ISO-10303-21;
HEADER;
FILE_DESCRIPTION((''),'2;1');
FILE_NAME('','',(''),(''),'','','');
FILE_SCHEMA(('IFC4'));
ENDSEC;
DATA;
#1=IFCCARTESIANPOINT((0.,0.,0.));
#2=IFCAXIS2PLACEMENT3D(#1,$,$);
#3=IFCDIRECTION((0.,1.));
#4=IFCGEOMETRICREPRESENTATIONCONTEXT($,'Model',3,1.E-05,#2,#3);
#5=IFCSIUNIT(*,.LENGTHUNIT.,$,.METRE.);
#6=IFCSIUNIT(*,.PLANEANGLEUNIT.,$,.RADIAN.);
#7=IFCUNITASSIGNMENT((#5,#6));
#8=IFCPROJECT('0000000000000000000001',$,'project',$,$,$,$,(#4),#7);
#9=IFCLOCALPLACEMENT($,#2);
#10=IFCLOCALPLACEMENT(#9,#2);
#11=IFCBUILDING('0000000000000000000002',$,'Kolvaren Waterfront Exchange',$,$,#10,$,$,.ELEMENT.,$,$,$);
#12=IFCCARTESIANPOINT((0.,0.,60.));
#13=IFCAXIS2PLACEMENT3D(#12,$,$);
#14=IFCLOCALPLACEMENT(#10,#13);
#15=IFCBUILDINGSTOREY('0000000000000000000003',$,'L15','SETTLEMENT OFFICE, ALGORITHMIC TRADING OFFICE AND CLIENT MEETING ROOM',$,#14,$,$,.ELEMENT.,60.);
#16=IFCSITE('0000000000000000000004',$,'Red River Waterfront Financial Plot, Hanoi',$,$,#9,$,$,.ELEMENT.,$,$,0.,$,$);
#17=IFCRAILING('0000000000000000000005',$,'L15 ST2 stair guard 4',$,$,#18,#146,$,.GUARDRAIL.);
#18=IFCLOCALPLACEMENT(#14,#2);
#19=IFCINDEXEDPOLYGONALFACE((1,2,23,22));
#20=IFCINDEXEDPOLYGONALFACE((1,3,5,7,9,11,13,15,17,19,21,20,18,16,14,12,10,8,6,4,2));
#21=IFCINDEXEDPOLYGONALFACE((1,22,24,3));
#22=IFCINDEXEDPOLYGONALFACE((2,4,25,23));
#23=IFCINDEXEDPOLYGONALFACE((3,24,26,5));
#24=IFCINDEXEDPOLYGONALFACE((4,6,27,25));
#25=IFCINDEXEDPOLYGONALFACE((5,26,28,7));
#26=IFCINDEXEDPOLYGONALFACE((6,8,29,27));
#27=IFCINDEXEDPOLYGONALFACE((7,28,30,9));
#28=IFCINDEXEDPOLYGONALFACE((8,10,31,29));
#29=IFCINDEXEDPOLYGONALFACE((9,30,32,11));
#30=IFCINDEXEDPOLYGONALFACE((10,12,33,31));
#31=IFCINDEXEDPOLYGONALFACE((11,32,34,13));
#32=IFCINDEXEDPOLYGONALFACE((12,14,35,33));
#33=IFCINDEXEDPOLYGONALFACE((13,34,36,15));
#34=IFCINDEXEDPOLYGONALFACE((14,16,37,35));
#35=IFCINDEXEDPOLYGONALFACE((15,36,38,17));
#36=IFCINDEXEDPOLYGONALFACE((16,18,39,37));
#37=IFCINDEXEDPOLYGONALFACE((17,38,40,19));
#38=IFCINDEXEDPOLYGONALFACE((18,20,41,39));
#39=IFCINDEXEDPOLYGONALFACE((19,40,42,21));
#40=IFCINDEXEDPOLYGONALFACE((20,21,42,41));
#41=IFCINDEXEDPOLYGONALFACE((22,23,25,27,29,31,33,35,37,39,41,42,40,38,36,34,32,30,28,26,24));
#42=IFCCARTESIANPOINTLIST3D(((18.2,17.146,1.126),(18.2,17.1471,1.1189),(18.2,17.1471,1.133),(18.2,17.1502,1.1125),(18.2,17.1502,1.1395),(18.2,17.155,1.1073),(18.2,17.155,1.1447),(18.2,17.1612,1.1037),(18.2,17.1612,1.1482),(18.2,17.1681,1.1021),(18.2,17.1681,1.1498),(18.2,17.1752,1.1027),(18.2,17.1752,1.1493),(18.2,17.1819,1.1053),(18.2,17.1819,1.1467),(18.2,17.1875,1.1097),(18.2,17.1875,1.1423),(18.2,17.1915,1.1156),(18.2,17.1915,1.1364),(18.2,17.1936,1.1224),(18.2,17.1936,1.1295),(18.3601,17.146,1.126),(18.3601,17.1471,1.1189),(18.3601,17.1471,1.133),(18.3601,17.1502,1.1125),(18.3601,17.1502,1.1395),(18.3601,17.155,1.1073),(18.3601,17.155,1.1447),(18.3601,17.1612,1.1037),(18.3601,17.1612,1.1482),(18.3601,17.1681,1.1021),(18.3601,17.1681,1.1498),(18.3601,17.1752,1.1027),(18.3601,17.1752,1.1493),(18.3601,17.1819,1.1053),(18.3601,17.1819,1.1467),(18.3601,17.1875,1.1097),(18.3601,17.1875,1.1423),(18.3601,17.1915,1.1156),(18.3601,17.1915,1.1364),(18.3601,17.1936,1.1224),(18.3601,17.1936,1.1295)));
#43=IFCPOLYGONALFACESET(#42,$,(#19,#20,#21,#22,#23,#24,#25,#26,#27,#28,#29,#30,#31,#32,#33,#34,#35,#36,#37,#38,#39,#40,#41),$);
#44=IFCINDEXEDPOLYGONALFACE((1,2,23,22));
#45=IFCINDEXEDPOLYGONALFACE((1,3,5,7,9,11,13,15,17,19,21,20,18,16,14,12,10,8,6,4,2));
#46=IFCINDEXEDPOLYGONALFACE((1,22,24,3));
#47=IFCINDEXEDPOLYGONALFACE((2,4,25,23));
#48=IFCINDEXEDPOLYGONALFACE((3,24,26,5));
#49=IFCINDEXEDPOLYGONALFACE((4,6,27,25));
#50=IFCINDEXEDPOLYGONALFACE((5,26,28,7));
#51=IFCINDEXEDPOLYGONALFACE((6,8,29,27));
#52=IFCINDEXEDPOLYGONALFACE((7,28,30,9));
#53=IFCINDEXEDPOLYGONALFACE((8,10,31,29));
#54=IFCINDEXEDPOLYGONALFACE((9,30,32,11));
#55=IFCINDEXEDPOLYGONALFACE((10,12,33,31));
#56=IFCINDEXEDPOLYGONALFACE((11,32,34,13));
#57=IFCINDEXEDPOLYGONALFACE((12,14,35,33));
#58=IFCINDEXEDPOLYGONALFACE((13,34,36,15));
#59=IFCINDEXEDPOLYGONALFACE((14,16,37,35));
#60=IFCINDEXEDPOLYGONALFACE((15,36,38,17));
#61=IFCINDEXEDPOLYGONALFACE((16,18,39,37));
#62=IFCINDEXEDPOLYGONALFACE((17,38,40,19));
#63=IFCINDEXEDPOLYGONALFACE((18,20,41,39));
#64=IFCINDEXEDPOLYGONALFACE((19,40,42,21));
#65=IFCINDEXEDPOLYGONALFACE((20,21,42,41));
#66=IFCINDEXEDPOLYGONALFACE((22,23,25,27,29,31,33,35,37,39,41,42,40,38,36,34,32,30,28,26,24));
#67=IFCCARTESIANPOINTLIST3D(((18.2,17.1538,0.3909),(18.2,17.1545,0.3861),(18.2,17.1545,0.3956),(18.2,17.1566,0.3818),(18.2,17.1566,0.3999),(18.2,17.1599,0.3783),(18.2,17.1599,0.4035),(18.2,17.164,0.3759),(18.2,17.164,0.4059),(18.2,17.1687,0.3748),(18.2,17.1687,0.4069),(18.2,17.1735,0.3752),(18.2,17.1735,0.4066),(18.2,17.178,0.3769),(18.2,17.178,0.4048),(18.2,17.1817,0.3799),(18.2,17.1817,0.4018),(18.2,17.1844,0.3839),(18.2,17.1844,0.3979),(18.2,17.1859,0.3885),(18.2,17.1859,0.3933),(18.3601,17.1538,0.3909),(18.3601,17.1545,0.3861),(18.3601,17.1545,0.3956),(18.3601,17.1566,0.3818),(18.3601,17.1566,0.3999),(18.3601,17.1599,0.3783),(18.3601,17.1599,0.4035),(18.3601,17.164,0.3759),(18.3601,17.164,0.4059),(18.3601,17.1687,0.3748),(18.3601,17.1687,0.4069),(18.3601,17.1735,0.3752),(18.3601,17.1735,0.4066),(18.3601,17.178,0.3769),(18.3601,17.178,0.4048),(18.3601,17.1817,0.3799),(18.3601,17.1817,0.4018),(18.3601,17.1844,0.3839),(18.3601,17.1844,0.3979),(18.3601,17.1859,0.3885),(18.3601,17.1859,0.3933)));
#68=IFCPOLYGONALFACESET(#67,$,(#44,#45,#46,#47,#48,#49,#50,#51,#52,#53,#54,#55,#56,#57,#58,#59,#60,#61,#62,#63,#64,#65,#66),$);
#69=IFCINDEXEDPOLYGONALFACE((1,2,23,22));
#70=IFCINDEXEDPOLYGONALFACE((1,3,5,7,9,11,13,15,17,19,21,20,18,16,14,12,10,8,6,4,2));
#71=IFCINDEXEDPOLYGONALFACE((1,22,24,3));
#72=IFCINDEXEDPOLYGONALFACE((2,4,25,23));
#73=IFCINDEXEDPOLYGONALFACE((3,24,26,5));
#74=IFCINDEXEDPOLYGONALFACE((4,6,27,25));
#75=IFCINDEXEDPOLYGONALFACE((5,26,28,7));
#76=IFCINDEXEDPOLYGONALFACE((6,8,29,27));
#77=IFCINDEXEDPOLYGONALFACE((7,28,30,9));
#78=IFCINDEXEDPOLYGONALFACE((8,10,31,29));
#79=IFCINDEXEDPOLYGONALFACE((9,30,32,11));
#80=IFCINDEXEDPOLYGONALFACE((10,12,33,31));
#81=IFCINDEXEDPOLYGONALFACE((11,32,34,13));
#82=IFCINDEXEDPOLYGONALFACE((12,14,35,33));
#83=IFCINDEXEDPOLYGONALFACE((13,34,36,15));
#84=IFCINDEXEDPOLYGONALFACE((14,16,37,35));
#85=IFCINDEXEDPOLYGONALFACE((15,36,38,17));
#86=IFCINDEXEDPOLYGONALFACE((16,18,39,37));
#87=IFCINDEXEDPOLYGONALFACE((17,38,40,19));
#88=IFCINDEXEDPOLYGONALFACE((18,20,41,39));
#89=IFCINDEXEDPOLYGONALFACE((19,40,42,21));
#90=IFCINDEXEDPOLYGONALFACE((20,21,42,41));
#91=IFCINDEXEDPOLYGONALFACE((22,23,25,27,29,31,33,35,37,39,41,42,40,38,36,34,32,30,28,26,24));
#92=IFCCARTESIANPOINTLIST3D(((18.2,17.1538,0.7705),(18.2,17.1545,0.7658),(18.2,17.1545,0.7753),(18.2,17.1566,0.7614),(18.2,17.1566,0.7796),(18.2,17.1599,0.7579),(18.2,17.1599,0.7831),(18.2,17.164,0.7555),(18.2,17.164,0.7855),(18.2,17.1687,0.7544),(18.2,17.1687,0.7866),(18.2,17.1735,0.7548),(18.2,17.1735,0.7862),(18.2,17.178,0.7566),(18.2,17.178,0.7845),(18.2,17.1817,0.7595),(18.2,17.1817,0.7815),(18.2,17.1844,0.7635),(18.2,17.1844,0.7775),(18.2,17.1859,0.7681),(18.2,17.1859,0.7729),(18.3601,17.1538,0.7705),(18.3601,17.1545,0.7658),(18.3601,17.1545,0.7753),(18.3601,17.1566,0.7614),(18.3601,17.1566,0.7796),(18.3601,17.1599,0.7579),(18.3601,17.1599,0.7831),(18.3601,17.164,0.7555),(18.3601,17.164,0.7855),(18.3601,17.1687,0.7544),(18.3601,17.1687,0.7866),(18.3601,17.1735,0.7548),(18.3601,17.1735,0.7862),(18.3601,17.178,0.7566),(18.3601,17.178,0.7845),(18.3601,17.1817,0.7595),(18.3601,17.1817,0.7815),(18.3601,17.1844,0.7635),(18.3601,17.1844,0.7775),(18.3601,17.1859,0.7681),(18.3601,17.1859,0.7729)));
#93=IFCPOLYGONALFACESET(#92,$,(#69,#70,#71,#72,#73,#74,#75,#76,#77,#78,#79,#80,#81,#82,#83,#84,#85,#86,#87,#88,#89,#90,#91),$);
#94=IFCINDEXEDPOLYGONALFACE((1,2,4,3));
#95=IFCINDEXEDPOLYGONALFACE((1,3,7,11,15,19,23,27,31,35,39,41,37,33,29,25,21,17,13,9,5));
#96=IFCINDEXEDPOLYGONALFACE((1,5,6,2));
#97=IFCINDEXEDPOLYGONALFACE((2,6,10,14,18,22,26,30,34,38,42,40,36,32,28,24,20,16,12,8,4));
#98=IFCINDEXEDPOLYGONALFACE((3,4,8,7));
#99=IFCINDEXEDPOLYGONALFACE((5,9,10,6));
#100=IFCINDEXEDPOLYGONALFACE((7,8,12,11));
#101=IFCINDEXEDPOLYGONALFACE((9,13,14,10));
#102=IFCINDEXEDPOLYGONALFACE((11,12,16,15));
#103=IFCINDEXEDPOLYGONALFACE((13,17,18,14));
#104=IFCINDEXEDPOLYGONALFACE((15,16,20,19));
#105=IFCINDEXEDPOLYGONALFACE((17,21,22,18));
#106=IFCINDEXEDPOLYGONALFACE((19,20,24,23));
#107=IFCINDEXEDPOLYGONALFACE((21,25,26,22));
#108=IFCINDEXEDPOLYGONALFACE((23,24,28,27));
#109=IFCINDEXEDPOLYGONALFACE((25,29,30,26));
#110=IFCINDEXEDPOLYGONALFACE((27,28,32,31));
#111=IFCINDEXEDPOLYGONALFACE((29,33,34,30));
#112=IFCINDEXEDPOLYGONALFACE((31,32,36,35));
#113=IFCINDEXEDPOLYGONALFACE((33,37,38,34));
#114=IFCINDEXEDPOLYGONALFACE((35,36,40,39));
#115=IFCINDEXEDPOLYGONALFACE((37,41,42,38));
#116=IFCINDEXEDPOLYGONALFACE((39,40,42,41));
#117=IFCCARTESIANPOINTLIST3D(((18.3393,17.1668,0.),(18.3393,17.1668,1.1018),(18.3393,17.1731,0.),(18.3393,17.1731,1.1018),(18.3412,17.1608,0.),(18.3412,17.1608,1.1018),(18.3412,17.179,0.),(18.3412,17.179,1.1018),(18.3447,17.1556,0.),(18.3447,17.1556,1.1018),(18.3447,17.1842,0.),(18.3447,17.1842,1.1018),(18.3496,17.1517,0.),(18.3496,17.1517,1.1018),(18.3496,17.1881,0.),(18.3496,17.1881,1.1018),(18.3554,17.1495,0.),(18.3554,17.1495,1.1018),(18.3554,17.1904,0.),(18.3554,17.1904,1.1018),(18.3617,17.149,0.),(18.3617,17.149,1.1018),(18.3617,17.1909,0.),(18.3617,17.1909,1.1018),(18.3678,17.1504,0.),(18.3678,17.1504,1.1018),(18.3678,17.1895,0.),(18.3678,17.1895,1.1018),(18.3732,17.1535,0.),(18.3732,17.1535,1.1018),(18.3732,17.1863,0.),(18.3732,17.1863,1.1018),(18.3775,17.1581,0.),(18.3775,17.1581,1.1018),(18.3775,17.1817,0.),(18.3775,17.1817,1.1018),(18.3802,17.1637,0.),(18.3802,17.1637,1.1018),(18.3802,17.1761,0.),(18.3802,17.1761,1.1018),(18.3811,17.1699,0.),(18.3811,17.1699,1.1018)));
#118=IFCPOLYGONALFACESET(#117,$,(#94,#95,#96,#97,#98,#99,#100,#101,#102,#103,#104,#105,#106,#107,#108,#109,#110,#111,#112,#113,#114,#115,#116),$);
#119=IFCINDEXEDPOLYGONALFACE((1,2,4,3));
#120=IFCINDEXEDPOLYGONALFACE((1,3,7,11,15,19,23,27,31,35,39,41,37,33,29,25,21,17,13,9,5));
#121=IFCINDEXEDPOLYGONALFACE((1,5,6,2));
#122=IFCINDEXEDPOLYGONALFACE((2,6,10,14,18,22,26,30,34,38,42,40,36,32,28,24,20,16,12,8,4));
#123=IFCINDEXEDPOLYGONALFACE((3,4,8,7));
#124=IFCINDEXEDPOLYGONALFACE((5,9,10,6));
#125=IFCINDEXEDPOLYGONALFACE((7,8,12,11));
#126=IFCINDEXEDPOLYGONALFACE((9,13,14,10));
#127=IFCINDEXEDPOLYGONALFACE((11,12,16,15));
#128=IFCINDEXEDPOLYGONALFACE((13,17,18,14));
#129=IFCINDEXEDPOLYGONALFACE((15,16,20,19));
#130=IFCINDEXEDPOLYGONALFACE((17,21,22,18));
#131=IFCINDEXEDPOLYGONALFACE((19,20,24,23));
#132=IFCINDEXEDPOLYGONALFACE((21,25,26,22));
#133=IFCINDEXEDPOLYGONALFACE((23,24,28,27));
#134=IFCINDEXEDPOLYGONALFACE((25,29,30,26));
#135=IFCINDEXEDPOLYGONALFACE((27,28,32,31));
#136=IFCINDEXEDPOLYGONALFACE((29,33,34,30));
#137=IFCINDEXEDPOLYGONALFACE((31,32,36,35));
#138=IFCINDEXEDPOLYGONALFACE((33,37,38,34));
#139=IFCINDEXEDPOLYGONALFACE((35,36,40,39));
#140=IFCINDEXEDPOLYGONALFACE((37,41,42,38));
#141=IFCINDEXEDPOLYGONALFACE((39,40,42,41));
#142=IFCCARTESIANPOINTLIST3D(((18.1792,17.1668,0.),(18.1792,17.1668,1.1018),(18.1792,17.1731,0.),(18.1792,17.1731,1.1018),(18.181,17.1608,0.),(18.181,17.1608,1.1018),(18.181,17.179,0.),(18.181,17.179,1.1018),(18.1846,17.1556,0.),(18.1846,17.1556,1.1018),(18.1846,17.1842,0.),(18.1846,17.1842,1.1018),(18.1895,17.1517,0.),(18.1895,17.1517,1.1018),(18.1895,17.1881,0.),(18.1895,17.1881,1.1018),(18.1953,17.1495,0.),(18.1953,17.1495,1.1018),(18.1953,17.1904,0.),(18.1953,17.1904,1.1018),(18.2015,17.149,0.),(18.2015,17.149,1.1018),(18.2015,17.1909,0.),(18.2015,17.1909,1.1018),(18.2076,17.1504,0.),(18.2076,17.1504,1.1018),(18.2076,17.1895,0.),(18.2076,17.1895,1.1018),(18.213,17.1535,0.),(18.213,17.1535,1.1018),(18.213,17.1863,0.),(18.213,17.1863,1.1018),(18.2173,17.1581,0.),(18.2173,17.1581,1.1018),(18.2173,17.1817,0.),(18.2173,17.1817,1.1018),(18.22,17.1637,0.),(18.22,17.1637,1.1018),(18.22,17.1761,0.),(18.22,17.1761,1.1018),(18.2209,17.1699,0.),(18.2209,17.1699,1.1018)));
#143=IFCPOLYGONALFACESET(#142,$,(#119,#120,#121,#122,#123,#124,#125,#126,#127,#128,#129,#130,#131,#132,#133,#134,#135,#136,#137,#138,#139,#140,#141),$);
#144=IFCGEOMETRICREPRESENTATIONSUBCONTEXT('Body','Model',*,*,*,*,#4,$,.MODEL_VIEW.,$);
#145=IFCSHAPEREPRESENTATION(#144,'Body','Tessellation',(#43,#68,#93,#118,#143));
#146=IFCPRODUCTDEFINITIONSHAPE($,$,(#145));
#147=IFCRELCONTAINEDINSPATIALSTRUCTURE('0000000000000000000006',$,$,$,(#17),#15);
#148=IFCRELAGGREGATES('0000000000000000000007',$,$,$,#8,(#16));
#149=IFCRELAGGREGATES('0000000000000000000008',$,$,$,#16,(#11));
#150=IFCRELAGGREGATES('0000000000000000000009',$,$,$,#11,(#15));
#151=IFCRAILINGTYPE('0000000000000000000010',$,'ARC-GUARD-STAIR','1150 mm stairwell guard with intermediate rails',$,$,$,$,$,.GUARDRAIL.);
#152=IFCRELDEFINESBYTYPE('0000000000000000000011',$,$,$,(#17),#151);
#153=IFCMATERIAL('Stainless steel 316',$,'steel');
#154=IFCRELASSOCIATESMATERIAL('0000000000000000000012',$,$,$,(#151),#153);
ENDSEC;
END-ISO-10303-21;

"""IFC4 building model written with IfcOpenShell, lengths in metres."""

from ifc_helpers import new_model, si_unit, direction, frame, origin, origin_2d, place, context, subcontext, project, spatial, circle, extrude, material, type_object, element, save


model = new_model("IFC4")

# Units and contexts
model_context = context("Model", 3, precision=1e-05, world=origin(), true_north=direction((0.0, 1.0)))
body_context = subcontext(model_context, "Body", "Model", "MODEL_VIEW")
ifc_project = project(units=[si_unit("LENGTHUNIT", "METRE"), si_unit("PLANEANGLEUNIT", "RADIAN")], contexts=[model_context])

# Site, building, storey
site_placement = place(None, origin())
site = spatial("IfcSite", under=ifc_project, at=site_placement, Name="Red River Waterfront Financial Plot, Hanoi", CompositionType="ELEMENT", RefElevation=0.0)
building_placement = place(site_placement, origin())
building = spatial("IfcBuilding", under=site, at=building_placement, Name="Kolvaren Waterfront Exchange", CompositionType="ELEMENT")
storey_placement = place(building_placement, frame((0.0, 0.0, 60.0)))
storey = spatial("IfcBuildingStorey", under=building, at=storey_placement, Name="L15", Description="SETTLEMENT OFFICE, ALGORITHMIC TRADING OFFICE AND CLIENT MEETING ROOM", CompositionType="ELEMENT", Elevation=60.0)

# Railing
ifc_material_1 = material(Name="Stainless steel 316", Category="steel")
railing_type_1 = type_object("IfcRailingType", Name="ARC-GUARD-STAIR", Description="1150 mm stairwell guard with intermediate rails", PredefinedType="GUARDRAIL", material=ifc_material_1)
railing_1_placement = place(storey_placement, frame((18.3601, 17.1699, 0.0)))
element("IfcRailing", 1, at=railing_1_placement, inside=storey, type_object=railing_type_1, Name="L15 ST2 stair guard 4", PredefinedType="GUARDRAIL", context=body_context, shape_type="SweptSolid", body=[
    extrude(circle(Radius=0.0239, at=origin_2d()), frame((0.0, 0.0, 1.126), z_axis=(-1.0, 0.0, 0.0), x_axis=(0.0, -1.0, 0.0)), (0.0, 0.0, 1.0), 0.1602),
    extrude(circle(Radius=0.0161, at=origin_2d()), frame((0.0, 0.0, 0.3909), z_axis=(-1.0, 0.0, 0.0), x_axis=(0.0, -1.0, 0.0)), (0.0, 0.0, 1.0), 0.1602),
    extrude(circle(Radius=0.0161, at=origin_2d()), frame((0.0, 0.0, 0.7705), z_axis=(-1.0, 0.0, 0.0), x_axis=(0.0, -1.0, 0.0)), (0.0, 0.0, 1.0), 0.1602),
    extrude(circle(Radius=0.021, at=origin_2d()), origin(), (0.0, 0.0, 1.0), 1.1018),
    extrude(circle(Radius=0.021, at=origin_2d()), frame((-0.1602, 0.0, 0.0)), (0.0, 0.0, 1.0), 1.1018),
])

save(model, "model.ifc")
